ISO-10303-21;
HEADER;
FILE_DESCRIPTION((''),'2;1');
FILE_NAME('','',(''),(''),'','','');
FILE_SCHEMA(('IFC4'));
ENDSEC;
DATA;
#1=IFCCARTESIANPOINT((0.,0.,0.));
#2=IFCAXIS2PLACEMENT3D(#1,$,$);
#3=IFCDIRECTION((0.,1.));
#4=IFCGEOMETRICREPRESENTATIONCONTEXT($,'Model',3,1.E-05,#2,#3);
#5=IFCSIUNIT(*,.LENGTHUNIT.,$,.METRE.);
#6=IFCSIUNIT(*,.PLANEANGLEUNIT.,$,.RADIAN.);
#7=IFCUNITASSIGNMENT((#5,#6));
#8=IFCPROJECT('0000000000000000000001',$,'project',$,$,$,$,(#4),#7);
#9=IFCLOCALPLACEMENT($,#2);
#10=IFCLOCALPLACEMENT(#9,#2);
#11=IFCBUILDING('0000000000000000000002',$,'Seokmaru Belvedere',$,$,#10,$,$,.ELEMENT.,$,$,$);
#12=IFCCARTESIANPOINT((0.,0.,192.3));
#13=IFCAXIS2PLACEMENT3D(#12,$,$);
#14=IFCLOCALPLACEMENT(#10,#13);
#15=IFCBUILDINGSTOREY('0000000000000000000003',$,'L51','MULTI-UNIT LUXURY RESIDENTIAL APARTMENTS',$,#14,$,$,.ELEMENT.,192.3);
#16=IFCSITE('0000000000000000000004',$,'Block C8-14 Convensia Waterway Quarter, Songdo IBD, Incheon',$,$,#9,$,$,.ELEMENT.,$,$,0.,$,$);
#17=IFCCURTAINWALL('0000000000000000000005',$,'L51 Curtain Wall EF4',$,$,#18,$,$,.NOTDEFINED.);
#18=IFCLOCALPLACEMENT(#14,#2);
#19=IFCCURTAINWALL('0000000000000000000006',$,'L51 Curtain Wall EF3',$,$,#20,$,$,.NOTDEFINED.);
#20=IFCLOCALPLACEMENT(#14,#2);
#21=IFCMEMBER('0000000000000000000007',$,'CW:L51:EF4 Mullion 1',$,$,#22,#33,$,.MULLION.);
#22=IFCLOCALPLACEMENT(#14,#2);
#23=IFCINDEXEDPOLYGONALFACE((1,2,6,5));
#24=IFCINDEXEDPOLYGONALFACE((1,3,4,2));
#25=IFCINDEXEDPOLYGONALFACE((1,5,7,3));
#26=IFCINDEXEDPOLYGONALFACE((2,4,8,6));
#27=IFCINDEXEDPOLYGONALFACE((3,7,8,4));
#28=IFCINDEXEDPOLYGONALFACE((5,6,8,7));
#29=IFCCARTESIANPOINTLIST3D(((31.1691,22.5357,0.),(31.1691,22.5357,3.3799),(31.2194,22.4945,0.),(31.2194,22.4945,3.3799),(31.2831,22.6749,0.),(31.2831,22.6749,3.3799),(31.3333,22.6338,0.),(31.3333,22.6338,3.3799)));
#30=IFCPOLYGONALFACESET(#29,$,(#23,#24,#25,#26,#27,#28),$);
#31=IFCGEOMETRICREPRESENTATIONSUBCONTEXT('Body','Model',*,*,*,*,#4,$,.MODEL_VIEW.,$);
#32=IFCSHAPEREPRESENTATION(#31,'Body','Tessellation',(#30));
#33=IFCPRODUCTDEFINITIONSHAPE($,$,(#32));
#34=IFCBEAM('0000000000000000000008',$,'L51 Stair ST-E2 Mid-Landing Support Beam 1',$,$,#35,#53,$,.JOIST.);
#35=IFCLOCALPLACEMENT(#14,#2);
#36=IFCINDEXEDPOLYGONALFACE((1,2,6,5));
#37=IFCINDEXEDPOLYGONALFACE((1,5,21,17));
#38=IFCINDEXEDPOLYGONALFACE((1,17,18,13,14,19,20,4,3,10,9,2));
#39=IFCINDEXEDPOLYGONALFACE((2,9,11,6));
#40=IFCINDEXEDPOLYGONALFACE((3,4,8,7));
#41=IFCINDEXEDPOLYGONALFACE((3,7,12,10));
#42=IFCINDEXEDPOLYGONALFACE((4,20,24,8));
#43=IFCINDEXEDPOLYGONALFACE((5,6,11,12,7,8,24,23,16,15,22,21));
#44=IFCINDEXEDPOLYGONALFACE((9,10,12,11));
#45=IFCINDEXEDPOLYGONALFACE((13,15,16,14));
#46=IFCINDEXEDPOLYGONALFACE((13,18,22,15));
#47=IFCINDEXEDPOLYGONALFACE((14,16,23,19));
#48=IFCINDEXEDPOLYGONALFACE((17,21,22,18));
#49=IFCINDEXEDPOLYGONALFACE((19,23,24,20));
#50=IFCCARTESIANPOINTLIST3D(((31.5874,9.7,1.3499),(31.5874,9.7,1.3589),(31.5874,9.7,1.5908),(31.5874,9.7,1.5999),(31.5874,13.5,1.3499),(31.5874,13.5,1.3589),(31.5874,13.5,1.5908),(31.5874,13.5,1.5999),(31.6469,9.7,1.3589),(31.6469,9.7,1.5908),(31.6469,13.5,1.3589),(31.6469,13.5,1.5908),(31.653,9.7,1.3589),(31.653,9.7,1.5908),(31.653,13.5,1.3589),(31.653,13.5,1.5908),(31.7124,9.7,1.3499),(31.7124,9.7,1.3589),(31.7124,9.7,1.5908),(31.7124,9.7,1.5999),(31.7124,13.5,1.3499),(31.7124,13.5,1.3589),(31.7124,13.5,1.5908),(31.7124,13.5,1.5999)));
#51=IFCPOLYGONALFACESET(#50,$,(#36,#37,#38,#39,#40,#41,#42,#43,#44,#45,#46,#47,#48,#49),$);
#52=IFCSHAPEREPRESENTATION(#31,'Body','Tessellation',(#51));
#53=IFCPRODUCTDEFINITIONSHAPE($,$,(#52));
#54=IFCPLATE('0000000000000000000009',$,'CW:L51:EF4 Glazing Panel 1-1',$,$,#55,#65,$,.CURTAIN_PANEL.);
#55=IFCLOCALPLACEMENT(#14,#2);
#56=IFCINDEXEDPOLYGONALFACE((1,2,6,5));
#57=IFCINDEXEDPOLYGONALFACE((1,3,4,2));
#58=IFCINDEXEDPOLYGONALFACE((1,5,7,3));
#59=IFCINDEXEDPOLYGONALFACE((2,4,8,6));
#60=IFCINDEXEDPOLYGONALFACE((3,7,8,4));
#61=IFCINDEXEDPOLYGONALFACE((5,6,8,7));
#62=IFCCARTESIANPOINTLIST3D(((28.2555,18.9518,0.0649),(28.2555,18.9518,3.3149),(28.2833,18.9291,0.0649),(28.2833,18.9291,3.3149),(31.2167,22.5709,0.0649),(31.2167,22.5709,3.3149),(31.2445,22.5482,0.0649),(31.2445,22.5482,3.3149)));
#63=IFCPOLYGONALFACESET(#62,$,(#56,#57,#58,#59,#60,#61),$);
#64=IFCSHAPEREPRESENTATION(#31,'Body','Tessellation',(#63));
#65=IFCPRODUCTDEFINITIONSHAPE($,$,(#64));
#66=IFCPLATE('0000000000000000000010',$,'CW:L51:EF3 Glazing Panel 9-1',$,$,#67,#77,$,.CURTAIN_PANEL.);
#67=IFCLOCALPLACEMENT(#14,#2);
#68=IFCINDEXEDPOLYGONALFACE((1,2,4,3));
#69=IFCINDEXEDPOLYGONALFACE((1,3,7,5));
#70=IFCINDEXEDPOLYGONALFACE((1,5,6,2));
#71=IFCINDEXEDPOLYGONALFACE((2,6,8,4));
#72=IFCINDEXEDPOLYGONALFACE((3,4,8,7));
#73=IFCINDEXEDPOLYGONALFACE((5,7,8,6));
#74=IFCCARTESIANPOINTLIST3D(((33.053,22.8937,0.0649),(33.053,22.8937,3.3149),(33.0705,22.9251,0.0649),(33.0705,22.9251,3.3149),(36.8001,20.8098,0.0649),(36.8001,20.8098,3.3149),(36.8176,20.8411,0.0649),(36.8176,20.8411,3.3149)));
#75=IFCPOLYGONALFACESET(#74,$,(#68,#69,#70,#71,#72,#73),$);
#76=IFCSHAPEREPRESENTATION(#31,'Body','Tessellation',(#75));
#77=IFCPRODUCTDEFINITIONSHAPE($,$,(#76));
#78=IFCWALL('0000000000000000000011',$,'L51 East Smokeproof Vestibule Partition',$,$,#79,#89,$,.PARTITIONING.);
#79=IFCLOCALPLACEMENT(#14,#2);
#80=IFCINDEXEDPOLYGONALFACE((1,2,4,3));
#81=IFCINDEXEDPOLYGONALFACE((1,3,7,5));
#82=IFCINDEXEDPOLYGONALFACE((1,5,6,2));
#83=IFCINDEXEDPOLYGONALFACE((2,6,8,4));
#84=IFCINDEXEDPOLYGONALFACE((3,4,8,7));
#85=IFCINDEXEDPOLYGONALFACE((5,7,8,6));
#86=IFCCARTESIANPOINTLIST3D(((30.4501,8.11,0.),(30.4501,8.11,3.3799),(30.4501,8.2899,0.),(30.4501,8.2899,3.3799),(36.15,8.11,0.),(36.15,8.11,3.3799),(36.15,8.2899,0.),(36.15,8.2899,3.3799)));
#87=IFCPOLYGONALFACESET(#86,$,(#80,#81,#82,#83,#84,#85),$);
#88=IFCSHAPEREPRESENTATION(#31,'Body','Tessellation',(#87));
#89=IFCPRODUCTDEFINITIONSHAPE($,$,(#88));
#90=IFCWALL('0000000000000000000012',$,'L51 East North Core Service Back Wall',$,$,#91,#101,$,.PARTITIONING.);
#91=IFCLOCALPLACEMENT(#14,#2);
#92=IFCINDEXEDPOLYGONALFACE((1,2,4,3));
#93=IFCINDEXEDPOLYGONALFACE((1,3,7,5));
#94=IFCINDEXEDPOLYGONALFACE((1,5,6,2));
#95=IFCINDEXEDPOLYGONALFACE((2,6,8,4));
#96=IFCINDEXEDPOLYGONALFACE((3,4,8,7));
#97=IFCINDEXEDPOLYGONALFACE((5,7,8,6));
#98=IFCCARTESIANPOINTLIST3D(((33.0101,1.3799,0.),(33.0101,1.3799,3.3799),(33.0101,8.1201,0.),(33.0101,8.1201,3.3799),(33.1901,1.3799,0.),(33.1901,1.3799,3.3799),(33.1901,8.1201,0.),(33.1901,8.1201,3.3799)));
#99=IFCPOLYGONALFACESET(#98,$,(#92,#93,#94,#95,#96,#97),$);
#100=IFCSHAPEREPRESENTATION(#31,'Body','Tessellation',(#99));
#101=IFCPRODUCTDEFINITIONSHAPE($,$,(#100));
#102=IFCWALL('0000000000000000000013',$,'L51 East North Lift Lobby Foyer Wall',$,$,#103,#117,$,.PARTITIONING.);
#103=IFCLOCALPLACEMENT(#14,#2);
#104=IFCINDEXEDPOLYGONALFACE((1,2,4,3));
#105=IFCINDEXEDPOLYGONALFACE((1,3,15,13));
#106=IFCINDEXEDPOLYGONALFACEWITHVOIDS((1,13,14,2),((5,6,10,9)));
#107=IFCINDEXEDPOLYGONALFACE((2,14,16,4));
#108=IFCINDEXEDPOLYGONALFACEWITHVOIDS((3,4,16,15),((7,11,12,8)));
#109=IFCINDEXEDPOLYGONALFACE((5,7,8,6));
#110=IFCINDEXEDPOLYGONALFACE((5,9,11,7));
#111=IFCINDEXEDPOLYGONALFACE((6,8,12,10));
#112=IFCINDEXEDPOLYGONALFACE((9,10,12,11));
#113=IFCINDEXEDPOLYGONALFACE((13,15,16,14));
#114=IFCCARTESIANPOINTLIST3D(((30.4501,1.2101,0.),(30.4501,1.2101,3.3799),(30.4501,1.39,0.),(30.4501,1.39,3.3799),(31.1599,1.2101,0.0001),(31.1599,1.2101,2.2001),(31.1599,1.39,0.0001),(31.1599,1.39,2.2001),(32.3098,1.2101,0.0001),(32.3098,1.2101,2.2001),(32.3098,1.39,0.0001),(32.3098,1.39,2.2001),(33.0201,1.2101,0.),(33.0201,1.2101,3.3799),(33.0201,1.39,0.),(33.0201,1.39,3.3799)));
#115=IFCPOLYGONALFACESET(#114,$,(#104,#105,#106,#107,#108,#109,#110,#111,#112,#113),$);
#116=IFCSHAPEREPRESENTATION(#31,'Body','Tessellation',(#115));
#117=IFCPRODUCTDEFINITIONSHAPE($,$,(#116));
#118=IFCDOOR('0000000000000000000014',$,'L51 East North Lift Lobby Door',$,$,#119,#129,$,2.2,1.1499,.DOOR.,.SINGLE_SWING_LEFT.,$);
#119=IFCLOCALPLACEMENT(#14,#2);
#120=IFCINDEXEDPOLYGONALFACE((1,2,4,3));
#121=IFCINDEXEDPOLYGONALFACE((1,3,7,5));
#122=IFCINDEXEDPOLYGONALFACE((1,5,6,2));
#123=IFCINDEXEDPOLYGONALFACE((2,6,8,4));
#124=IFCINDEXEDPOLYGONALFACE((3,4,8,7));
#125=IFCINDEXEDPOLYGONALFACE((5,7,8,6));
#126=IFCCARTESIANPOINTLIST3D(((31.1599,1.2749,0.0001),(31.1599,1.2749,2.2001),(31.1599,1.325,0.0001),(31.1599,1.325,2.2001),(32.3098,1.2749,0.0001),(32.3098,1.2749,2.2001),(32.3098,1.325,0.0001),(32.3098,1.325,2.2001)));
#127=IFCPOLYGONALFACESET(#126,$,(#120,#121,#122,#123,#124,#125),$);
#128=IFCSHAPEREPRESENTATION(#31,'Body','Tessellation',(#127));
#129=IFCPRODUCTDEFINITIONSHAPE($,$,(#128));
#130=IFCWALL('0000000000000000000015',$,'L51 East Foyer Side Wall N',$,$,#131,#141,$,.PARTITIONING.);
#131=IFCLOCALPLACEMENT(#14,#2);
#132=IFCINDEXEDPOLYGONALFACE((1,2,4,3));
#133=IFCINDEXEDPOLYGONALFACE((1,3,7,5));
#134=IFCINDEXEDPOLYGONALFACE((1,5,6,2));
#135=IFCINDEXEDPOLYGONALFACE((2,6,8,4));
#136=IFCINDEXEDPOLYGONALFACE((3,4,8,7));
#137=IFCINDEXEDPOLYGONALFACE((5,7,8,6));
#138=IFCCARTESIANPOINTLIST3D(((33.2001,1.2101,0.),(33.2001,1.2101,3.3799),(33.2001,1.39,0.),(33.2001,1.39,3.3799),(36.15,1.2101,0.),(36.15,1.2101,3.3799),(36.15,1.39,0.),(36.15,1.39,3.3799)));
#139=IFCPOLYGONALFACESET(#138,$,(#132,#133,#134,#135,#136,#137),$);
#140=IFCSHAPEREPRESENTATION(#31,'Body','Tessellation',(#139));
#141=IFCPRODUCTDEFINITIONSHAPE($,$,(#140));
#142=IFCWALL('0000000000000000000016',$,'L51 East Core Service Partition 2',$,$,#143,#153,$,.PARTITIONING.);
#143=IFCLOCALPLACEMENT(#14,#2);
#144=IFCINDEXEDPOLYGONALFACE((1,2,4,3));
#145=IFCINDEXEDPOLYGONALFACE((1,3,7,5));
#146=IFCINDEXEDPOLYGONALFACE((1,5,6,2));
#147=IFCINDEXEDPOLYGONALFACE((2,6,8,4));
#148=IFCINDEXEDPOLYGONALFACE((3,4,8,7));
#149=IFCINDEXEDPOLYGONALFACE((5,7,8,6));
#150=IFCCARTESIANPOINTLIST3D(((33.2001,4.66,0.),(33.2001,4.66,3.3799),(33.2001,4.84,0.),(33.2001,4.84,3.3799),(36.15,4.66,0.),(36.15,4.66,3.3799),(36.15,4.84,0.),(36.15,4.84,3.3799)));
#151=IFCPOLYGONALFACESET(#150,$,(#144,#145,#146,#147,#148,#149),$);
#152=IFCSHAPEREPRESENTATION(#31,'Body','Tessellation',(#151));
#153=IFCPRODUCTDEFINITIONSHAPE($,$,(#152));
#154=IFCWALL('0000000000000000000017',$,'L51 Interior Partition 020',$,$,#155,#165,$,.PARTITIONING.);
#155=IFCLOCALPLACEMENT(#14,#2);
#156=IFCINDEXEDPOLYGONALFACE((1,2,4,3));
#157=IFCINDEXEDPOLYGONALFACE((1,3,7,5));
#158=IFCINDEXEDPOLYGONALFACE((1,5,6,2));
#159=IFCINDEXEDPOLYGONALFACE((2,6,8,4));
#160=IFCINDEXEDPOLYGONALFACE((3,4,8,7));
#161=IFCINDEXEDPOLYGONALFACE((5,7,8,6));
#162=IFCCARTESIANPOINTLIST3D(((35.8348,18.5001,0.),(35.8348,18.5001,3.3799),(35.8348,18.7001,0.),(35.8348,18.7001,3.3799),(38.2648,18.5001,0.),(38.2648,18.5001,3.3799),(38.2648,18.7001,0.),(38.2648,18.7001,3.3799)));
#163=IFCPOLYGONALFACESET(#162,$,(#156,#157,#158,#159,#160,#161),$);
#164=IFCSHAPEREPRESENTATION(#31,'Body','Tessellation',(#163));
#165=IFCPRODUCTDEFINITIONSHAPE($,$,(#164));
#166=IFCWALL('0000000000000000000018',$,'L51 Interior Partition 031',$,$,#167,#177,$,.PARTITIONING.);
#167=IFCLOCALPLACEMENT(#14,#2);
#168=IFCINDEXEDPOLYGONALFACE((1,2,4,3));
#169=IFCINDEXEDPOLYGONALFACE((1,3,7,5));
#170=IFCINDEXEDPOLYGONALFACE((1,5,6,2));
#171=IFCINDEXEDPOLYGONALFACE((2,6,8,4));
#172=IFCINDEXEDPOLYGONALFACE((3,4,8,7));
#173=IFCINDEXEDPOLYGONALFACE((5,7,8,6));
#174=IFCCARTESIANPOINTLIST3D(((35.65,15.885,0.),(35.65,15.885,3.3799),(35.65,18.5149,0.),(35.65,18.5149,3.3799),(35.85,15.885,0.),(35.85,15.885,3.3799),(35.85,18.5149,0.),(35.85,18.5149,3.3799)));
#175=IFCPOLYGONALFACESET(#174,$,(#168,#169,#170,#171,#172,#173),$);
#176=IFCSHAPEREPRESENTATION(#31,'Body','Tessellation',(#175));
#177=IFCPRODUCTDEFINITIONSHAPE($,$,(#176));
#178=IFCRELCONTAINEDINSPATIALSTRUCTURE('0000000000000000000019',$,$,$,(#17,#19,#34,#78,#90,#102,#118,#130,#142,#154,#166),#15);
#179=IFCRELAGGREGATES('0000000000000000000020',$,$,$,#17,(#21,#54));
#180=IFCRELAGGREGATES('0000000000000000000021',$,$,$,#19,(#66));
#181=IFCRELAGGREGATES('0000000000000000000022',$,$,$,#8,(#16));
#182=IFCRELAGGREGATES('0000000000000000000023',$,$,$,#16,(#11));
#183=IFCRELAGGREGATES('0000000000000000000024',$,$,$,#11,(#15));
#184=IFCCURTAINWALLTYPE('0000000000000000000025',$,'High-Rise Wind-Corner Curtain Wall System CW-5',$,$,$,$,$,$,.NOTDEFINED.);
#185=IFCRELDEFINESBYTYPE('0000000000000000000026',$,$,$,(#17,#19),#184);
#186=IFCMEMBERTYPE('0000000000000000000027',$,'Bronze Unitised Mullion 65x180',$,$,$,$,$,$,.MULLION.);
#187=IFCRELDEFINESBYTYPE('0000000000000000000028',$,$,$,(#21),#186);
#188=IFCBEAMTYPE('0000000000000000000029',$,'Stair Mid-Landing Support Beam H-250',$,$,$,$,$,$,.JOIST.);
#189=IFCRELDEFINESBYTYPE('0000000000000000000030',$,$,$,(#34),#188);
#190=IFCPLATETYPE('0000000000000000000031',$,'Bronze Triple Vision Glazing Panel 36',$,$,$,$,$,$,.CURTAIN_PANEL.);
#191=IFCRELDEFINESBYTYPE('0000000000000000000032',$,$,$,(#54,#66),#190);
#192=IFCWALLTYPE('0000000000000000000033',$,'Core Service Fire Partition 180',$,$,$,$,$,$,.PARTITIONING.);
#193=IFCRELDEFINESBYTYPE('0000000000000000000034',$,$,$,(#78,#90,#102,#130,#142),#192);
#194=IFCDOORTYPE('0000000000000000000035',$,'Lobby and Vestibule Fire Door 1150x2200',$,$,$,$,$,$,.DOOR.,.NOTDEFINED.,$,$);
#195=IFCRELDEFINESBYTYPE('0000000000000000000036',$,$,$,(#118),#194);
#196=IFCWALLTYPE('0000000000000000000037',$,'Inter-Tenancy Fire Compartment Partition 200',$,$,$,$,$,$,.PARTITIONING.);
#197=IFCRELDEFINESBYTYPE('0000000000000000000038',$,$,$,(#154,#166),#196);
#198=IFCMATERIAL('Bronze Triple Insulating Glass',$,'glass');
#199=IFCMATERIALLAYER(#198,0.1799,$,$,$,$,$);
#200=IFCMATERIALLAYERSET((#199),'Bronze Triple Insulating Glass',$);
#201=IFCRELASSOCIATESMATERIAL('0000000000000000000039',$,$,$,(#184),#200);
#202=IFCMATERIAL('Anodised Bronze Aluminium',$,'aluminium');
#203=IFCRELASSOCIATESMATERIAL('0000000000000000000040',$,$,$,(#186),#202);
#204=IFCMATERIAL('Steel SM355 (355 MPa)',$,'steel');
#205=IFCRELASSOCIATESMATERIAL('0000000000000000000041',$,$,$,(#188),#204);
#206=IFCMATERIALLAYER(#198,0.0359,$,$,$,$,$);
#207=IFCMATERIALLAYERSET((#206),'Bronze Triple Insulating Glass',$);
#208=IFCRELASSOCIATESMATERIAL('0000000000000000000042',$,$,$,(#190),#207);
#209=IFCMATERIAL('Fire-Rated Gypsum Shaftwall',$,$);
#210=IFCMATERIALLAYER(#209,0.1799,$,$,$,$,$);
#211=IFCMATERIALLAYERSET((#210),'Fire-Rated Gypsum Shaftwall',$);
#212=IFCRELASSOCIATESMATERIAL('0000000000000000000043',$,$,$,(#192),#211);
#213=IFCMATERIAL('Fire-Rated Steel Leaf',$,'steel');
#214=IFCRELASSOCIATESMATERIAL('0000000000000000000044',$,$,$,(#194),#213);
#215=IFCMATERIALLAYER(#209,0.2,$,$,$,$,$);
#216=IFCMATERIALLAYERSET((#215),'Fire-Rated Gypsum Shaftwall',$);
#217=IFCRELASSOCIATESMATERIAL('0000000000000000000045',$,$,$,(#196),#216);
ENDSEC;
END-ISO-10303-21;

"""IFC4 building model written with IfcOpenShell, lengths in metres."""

from ifc_helpers import new_model, si_unit, direction, frame, frame_2d, origin, origin_2d, place, context, subcontext, project, spatial, rectangle, i_section, extrude, source, transform, mapped, material, layer, layer_set, material_profile, profile_set, type_object, type_shapes, element, fill, aggregate, save


model = new_model("IFC4")

# Units and contexts
model_context = context("Model", 3, precision=1e-05, world=origin(), true_north=direction((0.0, 1.0)))
body_context = subcontext(model_context, "Body", "Model", "MODEL_VIEW")
ifc_project = project(units=[si_unit("LENGTHUNIT", "METRE"), si_unit("PLANEANGLEUNIT", "RADIAN")], contexts=[model_context])

# Site, building, storey
site_placement = place(None, origin())
site = spatial("IfcSite", under=ifc_project, at=site_placement, Name="Block C8-14 Convensia Waterway Quarter, Songdo IBD, Incheon", CompositionType="ELEMENT", RefElevation=0.0)
building_placement = place(site_placement, origin())
building = spatial("IfcBuilding", under=site, at=building_placement, Name="Seokmaru Belvedere", CompositionType="ELEMENT")
storey_placement = place(building_placement, frame((0.0, 0.0, 192.3)))
storey = spatial("IfcBuildingStorey", under=building, at=storey_placement, Name="L51", Description="MULTI-UNIT LUXURY RESIDENTIAL APARTMENTS", CompositionType="ELEMENT", Elevation=192.3)

# Shared definitions
ifc_material_1 = material(Name="Steel SM355 (355 MPa)", Category="steel")

# Curtain wall
ifc_material_2 = material(Name="Bronze Triple Insulating Glass", Category="glass")
ifc_layer_1 = layer(ifc_material_2, 0.1799)
ifc_layer_set_1 = layer_set([ifc_layer_1], Name="Bronze Triple Insulating Glass")
curtain_wall_type = type_object("IfcCurtainWallType", Name="High-Rise Wind-Corner Curtain Wall System CW-5", PredefinedType="NOTDEFINED", material=ifc_layer_set_1)
curtain_wall_1_placement = place(storey_placement, origin())
curtain_wall_1 = element("IfcCurtainWall", 1, at=curtain_wall_1_placement, inside=storey, type_object=curtain_wall_type, Name="L51 Curtain Wall EF4", PredefinedType="NOTDEFINED")
ifc_material_3 = material(Name="Anodised Bronze Aluminium", Category="aluminium")

# Curtain wall
curtain_wall_2_placement = place(storey_placement, origin())
curtain_wall_2 = element("IfcCurtainWall", 2, at=curtain_wall_2_placement, inside=storey, type_object=curtain_wall_type, Name="L51 Curtain Wall EF3", PredefinedType="NOTDEFINED")
ifc_material_profile_1 = material_profile(ifc_material_3, rectangle(XDim=0.0649, YDim=0.1799, at=origin_2d()), Name="CW-M-65x180")
ifc_profile_set_1 = profile_set([ifc_material_profile_1], Name="Anodised Bronze Aluminium")
member_type_1 = type_object("IfcMemberType", Name="Bronze Unitised Mullion 65x180", PredefinedType="MULLION", material=ifc_profile_set_1)
shared_shape_1 = source(origin(), body_context, "Body", "SweptSolid", [
    extrude(rectangle(XDim=0.0649, YDim=0.1799, at=origin_2d()), origin(), (0.0, 0.0, 1.0), 3.3799),
])
type_shapes(member_type_1, [shared_shape_1])

# Member
member_1_placement = place(storey_placement, frame((31.2512, 22.5847, 0.0), z_axis=(0.0, 0.0, 1.0), x_axis=(0.773944, -0.633254, 0.0)))
member_1 = element("IfcMember", 3, at=member_1_placement, type_object=member_type_1, Name="CW:L51:EF4 Mullion 1", PredefinedType="MULLION", context=body_context, shape_type="MappedRepresentation", body=[
    mapped(shared_shape_1, transform((0.0, 0.0, 0.0), scale=1.0)),
])

# Beam
ifc_material_profile_2 = material_profile(ifc_material_1, i_section(OverallWidth=0.125, OverallDepth=0.25, WebThickness=0.0061, FlangeThickness=0.009, at=origin_2d()), Name="H-250x125x6x9")
ifc_profile_set_2 = profile_set([ifc_material_profile_2], Name="Steel SM355 (355 MPa)")
beam_type_1 = type_object("IfcBeamType", Name="Stair Mid-Landing Support Beam H-250", PredefinedType="JOIST", material=ifc_profile_set_2)
shared_shape_2 = source(origin(), body_context, "Body", "SweptSolid", [
    extrude(i_section(OverallWidth=0.125, OverallDepth=0.25, WebThickness=0.0061, FlangeThickness=0.009, at=origin_2d()), origin(), (0.0, 0.0, 1.0), 3.8),
])
type_shapes(beam_type_1, [shared_shape_2])
beam_1_placement = place(storey_placement, frame((31.6499, 9.7, 1.4749), z_axis=(0.0, 1.0, 0.0), x_axis=(-1.0, 0.0, 0.0)))
element("IfcBeam", 4, at=beam_1_placement, inside=storey, type_object=beam_type_1, Name="L51 Stair ST-E2 Mid-Landing Support Beam 1", PredefinedType="JOIST", context=body_context, shape_type="MappedRepresentation", body=[
    mapped(shared_shape_2, transform((0.0, 0.0, 0.0), scale=1.0)),
])

# Plates
ifc_layer_2 = layer(ifc_material_2, 0.0359)
ifc_layer_set_2 = layer_set([ifc_layer_2], Name="Bronze Triple Insulating Glass")
plate_type = type_object("IfcPlateType", Name="Bronze Triple Vision Glazing Panel 36", PredefinedType="CURTAIN_PANEL", material=ifc_layer_set_2)
shared_shape_3 = source(origin(), body_context, "Body", "SweptSolid", [
    extrude(rectangle(XDim=4.6763, YDim=0.0359, at=origin_2d()), origin(), (0.0, 0.0, 1.0), 3.25),
])
plate_1_placement = place(storey_placement, frame((29.75, 20.75, 0.0649), z_axis=(0.0, 0.0, 1.0), x_axis=(-0.633254, -0.773944, 0.0)))
plate_1 = element("IfcPlate", 5, at=plate_1_placement, type_object=plate_type, Name="CW:L51:EF4 Glazing Panel 1-1", PredefinedType="CURTAIN_PANEL", context=body_context, shape_type="MappedRepresentation", body=[
    mapped(shared_shape_3, transform((0.0, 0.0, 0.0), scale=1.0)),
])
aggregate(curtain_wall_1, [member_1, plate_1])
shared_shape_4 = source(origin(), body_context, "Body", "SweptSolid", [
    extrude(rectangle(XDim=4.2876, YDim=0.0359, at=origin_2d()), origin(), (0.0, 0.0, 1.0), 3.25),
])
type_shapes(plate_type, [shared_shape_3, shared_shape_4])
plate_2_placement = place(storey_placement, frame((34.9353, 21.8674, 0.0649), z_axis=(0.0, 0.0, 1.0), x_axis=(-0.873933, 0.486047, 0.0)))
plate_2 = element("IfcPlate", 6, at=plate_2_placement, type_object=plate_type, Name="CW:L51:EF3 Glazing Panel 9-1", PredefinedType="CURTAIN_PANEL", context=body_context, shape_type="MappedRepresentation", body=[
    mapped(shared_shape_4, transform((0.0, 0.0, 0.0), scale=1.0)),
])
aggregate(curtain_wall_2, [plate_2])

# Walls
ifc_material_4 = material(Name="Fire-Rated Gypsum Shaftwall")
ifc_layer_3 = layer(ifc_material_4, 0.1799)
ifc_layer_set_3 = layer_set([ifc_layer_3], Name="Fire-Rated Gypsum Shaftwall")
wall_type_1 = type_object("IfcWallType", Name="Core Service Fire Partition 180", PredefinedType="PARTITIONING", material=ifc_layer_set_3)
wall_1_placement = place(storey_placement, frame((30.45, 8.2, 0.0), z_axis=(0.0, 0.0, 1.0), x_axis=(1.0, 0.0, 0.0)))
element("IfcWall", 7, at=wall_1_placement, inside=storey, type_object=wall_type_1, Name="L51 East Smokeproof Vestibule Partition", PredefinedType="PARTITIONING", context=body_context, shape_type="SweptSolid", body=[
    extrude(rectangle(XDim=5.7, YDim=0.1799, at=frame_2d((2.8501, 0.0))), origin(), (0.0, 0.0, 1.0), 3.3799),
])
wall_2_placement = place(storey_placement, frame((33.1001, 1.3799, 0.0), z_axis=(0.0, 0.0, 1.0), x_axis=(0.0, 1.0, 0.0)))
element("IfcWall", 8, at=wall_2_placement, inside=storey, type_object=wall_type_1, Name="L51 East North Core Service Back Wall", PredefinedType="PARTITIONING", context=body_context, shape_type="SweptSolid", body=[
    extrude(rectangle(XDim=6.7402, YDim=0.1799, at=frame_2d((3.3701, 0.0))), origin(), (0.0, 0.0, 1.0), 3.3799),
])

# Wall, opening, door
wall_3_placement = place(storey_placement, frame((30.45, 1.3, 0.0), z_axis=(0.0, 0.0, 1.0), x_axis=(1.0, 0.0, 0.0)))
wall_3 = element("IfcWall", 9, at=wall_3_placement, inside=storey, type_object=wall_type_1, Name="L51 East North Lift Lobby Foyer Wall", PredefinedType="PARTITIONING", context=body_context, shape_type="SweptSolid", body=[
    extrude(rectangle(XDim=2.5701, YDim=0.1799, at=frame_2d((1.2852, 0.0))), origin(), (0.0, 0.0, 1.0), 3.3799),
])
opening_1_placement = place(wall_3_placement, frame((0.71, 0.0, 0.0)))
opening_1 = element("IfcOpeningElement", 10, at=opening_1_placement, cuts=wall_3, PredefinedType="OPENING", context=body_context, shape_type="SweptSolid", body=[
    extrude(rectangle(XDim=1.1499, YDim=2.2, at=frame_2d((0.575, 1.1001))), frame((0.0, 0.1001, 0.0), z_axis=(0.0, -1.0, 0.0), x_axis=(1.0, 0.0, 0.0)), (0.0, 0.0, 1.0), 0.2),
])
ifc_material_5 = material(Name="Fire-Rated Steel Leaf", Category="steel")
door_type_1 = type_object("IfcDoorType", Name="Lobby and Vestibule Fire Door 1150x2200", OperationType="NOTDEFINED", PredefinedType="DOOR", material=ifc_material_5)
shared_shape_5 = source(origin(), body_context, "Body", "SweptSolid", [
    extrude(rectangle(XDim=1.1499, YDim=2.2, at=frame_2d((0.575, 1.1001))), frame((0.0, 0.0249, 0.0), z_axis=(0.0, -1.0, 0.0), x_axis=(1.0, 0.0, 0.0)), (0.0, 0.0, 1.0), 0.05),
])
type_shapes(door_type_1, [shared_shape_5])
door_1_placement = place(opening_1_placement, origin())
door_1 = element("IfcDoor", 11, at=door_1_placement, inside=storey, type_object=door_type_1, Name="L51 East North Lift Lobby Door", OperationType="SINGLE_SWING_LEFT", OverallHeight=2.2, OverallWidth=1.1499, PredefinedType="DOOR", context=body_context, shape_type="MappedRepresentation", body=[
    mapped(shared_shape_5, transform((0.0, 0.0, 0.0), scale=1.0)),
])
fill(opening_1, door_1)

# Walls
for number, where, z_axis, x_axis, name in (
    (12, (33.2, 1.3, 0.0), (0.0, 0.0, 1.0), (1.0, 0.0, 0.0), "L51 East Foyer Side Wall N"),
    (13, (33.2, 4.75, 0.0), (0.0, 0.0, 1.0), (1.0, 0.0, 0.0), "L51 East Core Service Partition 2"),
):
    element("IfcWall", number, at=place(storey_placement, frame(where, z_axis=z_axis, x_axis=x_axis)), inside=storey, type_object=wall_type_1, Name=name, PredefinedType="PARTITIONING", context=body_context, shape_type="SweptSolid", body=[
        extrude(rectangle(XDim=2.95, YDim=0.1799, at=frame_2d((1.4751, 0.0))), origin(), (0.0, 0.0, 1.0), 3.3799),
    ])
ifc_layer_4 = layer(ifc_material_4, 0.2)
ifc_layer_set_4 = layer_set([ifc_layer_4], Name="Fire-Rated Gypsum Shaftwall")
wall_type_2 = type_object("IfcWallType", Name="Inter-Tenancy Fire Compartment Partition 200", PredefinedType="PARTITIONING", material=ifc_layer_set_4)
wall_4_placement = place(storey_placement, frame((35.835, 18.6001, 0.0), z_axis=(0.0, 0.0, 1.0), x_axis=(1.0, 0.0, 0.0)))
element("IfcWall", 14, at=wall_4_placement, inside=storey, type_object=wall_type_2, Name="L51 Interior Partition 020", PredefinedType="PARTITIONING", context=body_context, shape_type="SweptSolid", body=[
    extrude(rectangle(XDim=2.4299, YDim=0.2, at=frame_2d((1.2148, 0.0))), origin(), (0.0, 0.0, 1.0), 3.3799),
])
wall_5_placement = place(storey_placement, frame((35.75, 15.885, 0.0), z_axis=(0.0, 0.0, 1.0), x_axis=(0.0, 1.0, 0.0)))
element("IfcWall", 15, at=wall_5_placement, inside=storey, type_object=wall_type_2, Name="L51 Interior Partition 031", PredefinedType="PARTITIONING", context=body_context, shape_type="SweptSolid", body=[
    extrude(rectangle(XDim=2.6299, YDim=0.2, at=frame_2d((1.3149, 0.0))), origin(), (0.0, 0.0, 1.0), 3.3799),
])

save(model, "model.ifc")
